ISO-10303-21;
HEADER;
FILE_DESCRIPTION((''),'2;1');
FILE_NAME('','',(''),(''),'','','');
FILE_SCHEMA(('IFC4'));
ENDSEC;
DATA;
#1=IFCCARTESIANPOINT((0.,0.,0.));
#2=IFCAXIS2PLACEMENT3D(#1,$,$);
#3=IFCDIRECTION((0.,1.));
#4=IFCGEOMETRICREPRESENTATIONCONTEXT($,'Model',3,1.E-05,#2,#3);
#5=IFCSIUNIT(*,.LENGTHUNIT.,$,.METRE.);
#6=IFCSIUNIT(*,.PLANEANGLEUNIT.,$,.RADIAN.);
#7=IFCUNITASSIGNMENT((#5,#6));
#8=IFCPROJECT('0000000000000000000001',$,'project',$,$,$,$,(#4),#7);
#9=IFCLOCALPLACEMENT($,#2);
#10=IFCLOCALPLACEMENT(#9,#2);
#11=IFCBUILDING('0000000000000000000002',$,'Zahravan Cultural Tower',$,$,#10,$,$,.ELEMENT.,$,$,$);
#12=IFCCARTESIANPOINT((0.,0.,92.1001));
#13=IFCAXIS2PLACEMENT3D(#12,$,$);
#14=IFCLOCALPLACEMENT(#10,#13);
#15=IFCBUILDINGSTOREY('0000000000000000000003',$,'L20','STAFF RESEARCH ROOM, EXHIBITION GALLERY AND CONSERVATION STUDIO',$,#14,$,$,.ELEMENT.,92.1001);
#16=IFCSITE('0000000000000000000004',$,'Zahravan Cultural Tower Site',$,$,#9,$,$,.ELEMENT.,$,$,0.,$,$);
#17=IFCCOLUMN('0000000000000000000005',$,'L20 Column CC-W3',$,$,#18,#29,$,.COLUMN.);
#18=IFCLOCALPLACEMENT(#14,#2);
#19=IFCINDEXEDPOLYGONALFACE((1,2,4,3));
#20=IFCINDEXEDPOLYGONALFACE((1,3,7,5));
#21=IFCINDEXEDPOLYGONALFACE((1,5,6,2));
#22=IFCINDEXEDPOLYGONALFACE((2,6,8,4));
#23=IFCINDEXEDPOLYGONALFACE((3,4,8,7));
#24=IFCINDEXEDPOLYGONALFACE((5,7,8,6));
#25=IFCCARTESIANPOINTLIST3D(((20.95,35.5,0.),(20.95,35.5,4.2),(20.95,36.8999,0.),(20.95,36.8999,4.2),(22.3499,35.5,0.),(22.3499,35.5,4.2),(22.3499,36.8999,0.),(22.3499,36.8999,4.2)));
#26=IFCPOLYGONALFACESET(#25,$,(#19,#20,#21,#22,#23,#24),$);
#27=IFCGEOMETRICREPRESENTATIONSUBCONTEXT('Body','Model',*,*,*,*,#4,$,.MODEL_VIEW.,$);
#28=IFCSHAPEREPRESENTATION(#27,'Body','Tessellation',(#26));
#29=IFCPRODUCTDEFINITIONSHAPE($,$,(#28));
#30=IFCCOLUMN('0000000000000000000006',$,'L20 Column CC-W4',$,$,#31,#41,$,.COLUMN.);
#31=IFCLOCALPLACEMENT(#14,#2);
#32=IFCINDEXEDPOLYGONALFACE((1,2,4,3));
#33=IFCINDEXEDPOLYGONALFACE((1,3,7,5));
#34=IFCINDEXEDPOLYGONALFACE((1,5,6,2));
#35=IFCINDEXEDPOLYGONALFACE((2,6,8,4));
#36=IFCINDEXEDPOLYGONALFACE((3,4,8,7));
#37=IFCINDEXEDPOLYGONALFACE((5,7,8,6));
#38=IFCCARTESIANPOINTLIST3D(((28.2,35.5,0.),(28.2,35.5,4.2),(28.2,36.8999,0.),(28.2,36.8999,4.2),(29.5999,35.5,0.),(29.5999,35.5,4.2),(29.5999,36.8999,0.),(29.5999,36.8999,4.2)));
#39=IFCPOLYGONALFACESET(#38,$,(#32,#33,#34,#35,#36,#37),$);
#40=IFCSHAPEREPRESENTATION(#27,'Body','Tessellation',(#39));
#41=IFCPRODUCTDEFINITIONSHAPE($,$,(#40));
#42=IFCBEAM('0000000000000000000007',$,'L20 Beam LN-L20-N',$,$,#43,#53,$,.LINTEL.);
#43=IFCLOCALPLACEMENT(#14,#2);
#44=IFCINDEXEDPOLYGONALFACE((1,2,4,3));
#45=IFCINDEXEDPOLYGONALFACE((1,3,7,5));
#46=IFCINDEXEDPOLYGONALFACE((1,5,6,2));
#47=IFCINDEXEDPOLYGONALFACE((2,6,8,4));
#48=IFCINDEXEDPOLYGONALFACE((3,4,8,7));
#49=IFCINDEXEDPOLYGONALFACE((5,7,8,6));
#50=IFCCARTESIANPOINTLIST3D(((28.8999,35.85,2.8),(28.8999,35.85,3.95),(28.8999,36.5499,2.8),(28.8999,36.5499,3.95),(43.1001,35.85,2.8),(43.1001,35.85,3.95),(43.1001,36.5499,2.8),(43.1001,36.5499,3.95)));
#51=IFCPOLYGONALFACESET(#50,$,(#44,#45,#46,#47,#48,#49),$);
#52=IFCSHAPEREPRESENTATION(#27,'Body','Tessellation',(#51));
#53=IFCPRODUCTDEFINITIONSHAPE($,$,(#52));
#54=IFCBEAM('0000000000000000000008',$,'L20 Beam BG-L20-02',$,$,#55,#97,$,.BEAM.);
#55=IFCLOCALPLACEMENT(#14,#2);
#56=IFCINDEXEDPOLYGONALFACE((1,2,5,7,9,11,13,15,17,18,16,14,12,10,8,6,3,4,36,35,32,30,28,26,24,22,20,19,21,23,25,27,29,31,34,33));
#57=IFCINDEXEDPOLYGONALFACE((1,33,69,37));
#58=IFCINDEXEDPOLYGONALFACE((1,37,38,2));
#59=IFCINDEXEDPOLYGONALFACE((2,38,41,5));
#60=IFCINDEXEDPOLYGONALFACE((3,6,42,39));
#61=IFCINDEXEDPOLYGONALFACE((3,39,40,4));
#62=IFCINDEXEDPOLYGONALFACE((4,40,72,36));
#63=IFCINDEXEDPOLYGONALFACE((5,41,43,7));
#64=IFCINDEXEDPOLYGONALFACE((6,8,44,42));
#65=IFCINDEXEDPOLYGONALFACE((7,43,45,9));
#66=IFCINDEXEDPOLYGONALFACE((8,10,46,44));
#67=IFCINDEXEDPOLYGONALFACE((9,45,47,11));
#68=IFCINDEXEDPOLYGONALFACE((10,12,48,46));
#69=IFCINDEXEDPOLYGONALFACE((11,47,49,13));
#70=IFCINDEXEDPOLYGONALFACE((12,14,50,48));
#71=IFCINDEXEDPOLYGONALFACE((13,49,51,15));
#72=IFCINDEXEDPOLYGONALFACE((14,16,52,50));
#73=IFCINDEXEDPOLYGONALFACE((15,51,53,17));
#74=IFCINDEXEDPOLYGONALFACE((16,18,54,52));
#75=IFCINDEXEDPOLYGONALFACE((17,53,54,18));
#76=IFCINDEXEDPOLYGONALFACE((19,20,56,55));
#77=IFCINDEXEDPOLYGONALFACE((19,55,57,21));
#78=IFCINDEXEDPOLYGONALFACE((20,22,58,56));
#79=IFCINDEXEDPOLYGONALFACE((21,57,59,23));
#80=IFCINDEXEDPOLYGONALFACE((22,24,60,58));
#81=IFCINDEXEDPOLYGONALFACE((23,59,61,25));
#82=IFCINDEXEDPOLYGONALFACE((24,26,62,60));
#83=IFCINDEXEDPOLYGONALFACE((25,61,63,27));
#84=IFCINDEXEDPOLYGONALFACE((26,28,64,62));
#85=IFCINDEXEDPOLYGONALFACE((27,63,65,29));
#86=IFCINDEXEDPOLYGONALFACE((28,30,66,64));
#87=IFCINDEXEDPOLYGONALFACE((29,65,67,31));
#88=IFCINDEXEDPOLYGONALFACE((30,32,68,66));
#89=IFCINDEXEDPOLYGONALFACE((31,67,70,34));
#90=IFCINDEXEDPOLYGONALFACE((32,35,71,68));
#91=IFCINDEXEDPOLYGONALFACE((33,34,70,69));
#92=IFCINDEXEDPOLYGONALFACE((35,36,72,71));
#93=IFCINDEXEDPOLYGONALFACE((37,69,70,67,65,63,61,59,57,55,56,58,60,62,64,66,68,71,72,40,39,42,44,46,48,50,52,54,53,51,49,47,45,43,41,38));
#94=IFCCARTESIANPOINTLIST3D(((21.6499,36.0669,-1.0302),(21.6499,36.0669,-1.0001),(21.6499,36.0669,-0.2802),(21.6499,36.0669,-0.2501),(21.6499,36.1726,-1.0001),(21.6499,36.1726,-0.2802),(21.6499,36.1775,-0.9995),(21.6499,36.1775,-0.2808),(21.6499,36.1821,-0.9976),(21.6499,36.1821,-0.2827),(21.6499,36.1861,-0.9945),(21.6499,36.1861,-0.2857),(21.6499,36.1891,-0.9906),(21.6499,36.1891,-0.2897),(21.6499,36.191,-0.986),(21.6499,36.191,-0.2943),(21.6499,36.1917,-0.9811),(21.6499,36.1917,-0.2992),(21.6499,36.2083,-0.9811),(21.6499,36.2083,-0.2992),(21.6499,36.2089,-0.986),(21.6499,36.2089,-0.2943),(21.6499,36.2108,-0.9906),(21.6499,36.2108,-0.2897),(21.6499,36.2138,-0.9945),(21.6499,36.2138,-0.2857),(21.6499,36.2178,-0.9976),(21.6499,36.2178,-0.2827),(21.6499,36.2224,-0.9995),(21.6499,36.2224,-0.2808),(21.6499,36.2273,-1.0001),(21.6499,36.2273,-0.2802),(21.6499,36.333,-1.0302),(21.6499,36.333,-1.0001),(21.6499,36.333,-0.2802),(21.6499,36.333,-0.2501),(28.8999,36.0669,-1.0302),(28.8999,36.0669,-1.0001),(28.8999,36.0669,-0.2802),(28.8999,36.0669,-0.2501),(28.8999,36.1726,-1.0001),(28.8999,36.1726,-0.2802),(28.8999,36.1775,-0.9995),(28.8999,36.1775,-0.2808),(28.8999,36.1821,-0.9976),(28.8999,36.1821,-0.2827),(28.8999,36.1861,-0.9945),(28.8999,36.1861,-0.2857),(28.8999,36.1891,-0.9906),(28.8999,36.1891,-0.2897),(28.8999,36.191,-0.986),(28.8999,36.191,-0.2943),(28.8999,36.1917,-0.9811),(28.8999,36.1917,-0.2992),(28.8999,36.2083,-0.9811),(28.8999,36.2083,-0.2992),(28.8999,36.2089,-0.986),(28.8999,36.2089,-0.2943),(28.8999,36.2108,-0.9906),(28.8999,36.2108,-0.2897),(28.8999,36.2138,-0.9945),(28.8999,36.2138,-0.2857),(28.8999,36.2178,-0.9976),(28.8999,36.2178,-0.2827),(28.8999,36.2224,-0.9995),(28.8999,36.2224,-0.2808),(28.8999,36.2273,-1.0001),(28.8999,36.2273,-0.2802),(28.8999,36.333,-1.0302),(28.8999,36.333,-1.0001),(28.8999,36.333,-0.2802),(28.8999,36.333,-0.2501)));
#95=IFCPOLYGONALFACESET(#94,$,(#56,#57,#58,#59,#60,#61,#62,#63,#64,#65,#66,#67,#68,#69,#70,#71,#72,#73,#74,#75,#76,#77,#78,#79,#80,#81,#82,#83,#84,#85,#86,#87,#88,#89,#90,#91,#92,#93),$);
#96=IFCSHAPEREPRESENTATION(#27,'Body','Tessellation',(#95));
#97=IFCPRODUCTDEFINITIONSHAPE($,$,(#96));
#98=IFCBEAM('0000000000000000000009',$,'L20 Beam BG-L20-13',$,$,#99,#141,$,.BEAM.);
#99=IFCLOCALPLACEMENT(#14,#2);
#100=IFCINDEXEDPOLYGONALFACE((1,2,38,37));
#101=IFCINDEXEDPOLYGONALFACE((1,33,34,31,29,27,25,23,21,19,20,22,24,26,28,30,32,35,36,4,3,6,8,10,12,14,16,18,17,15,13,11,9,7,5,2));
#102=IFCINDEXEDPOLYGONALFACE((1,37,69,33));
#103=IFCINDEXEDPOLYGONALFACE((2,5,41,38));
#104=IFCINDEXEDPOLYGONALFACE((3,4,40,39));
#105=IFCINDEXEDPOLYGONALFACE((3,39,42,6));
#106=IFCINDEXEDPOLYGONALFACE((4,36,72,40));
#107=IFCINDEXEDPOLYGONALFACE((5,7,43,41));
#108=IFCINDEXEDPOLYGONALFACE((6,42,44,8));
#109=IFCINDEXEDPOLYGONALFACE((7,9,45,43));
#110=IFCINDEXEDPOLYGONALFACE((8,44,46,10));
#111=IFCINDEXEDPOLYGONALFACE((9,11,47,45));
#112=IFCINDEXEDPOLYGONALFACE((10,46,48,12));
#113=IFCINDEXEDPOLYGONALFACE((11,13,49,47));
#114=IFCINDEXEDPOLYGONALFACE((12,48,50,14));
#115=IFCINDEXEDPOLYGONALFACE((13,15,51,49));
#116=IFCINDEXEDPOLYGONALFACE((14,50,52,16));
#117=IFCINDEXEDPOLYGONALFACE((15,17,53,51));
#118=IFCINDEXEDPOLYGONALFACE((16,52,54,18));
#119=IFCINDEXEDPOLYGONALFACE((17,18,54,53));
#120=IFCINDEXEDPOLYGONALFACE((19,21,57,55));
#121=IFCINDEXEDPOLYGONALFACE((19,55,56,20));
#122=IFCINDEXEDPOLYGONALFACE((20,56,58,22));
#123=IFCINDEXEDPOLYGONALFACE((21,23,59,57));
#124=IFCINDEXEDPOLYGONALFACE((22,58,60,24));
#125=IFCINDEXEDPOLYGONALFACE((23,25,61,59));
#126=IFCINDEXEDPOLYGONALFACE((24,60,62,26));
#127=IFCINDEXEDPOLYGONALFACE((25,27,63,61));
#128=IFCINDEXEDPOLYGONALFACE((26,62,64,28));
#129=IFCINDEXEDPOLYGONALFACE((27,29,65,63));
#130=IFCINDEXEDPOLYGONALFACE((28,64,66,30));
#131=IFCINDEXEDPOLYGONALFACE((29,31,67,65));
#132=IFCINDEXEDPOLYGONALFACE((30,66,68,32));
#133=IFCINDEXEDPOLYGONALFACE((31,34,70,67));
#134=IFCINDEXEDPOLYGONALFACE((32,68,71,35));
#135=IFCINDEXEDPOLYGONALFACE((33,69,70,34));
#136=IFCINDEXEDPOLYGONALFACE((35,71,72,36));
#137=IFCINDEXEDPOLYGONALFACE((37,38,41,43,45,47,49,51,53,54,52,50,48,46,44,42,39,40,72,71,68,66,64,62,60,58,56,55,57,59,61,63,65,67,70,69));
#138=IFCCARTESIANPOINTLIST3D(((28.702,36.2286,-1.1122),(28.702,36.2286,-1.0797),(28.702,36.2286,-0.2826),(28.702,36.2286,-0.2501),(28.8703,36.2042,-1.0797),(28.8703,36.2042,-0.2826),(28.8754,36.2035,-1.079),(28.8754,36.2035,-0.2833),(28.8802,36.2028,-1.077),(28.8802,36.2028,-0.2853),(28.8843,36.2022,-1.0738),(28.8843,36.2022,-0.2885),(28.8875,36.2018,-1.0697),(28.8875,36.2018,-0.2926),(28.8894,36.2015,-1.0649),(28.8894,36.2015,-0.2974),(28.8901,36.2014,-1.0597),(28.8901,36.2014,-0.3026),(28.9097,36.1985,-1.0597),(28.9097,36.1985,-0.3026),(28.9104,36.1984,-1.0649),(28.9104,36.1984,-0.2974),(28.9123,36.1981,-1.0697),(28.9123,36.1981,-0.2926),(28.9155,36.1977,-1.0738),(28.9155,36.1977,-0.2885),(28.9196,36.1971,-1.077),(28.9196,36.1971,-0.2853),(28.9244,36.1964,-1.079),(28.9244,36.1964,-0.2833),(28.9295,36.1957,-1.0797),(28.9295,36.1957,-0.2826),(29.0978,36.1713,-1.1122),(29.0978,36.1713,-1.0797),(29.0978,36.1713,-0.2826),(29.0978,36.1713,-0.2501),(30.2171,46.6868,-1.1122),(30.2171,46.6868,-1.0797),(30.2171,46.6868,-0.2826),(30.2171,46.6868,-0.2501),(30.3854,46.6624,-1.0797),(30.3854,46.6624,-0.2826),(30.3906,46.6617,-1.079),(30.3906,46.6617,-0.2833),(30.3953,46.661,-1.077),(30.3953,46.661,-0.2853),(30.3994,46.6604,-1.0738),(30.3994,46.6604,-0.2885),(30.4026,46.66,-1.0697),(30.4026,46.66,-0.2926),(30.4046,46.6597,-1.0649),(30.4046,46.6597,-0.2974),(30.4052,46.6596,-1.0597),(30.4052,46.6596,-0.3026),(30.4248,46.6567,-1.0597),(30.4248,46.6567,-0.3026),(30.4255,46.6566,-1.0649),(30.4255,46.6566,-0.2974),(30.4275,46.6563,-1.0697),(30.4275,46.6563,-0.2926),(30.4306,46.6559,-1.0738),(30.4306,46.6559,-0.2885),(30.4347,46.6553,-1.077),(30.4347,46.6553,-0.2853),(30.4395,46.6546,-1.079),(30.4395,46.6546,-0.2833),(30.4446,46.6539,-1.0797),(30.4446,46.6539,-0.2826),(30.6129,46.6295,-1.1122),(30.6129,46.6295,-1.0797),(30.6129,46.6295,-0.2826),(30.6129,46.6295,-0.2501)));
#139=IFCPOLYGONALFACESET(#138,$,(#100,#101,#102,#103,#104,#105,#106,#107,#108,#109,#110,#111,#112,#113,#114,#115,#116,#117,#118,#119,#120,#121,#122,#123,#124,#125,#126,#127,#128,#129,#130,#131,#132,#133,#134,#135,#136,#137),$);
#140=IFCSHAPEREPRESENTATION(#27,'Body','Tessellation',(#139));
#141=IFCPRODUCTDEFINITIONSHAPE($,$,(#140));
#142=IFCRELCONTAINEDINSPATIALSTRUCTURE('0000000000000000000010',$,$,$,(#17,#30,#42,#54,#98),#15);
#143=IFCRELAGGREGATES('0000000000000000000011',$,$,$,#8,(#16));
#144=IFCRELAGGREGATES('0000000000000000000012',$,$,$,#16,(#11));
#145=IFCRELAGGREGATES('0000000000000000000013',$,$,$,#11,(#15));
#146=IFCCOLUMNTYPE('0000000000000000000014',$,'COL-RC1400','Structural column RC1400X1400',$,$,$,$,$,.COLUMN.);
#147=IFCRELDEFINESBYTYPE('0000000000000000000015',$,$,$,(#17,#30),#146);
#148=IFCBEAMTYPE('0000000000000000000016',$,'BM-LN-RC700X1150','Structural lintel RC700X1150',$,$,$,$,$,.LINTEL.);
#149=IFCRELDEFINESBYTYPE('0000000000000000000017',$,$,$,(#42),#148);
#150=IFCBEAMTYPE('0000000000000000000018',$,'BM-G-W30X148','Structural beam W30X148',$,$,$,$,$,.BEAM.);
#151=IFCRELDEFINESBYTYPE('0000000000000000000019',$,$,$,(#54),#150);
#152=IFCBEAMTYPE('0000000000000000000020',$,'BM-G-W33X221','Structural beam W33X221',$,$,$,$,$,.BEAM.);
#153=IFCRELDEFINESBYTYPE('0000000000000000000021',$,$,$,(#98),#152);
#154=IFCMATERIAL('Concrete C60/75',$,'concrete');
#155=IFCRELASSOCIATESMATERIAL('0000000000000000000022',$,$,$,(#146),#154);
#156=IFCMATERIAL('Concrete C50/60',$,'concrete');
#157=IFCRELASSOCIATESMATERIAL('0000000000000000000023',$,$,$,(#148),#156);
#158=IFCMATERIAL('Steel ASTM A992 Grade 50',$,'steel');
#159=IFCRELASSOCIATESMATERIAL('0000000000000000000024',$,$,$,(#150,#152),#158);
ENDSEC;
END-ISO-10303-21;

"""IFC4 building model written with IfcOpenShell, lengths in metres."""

from ifc_helpers import new_model, si_unit, direction, frame, origin, origin_2d, place, context, subcontext, project, spatial, rectangle, i_section, extrude, source, transform, mapped, material, material_profile, profile_set, type_object, element, save


model = new_model("IFC4")

# Units and contexts
model_context = context("Model", 3, precision=1e-05, world=origin(), true_north=direction((0.0, 1.0)))
body_context = subcontext(model_context, "Body", "Model", "MODEL_VIEW")
ifc_project = project(units=[si_unit("LENGTHUNIT", "METRE"), si_unit("PLANEANGLEUNIT", "RADIAN")], contexts=[model_context])

# Site, building, storey
site_placement = place(None, origin())
site = spatial("IfcSite", under=ifc_project, at=site_placement, Name="Zahravan Cultural Tower Site", CompositionType="ELEMENT", RefElevation=0.0)
building_placement = place(site_placement, origin())
building = spatial("IfcBuilding", under=site, at=building_placement, Name="Zahravan Cultural Tower", CompositionType="ELEMENT")
storey_placement = place(building_placement, frame((0.0, 0.0, 92.1001)))
storey = spatial("IfcBuildingStorey", under=building, at=storey_placement, Name="L20", Description="STAFF RESEARCH ROOM, EXHIBITION GALLERY AND CONSERVATION STUDIO", CompositionType="ELEMENT", Elevation=92.1001)

# Columns
ifc_material_1 = material(Name="Concrete C60/75", Category="concrete")
ifc_material_profile_1 = material_profile(ifc_material_1, rectangle(XDim=1.3999, YDim=1.3999, at=origin_2d()), Name="RC1400X1400")
ifc_profile_set_1 = profile_set([ifc_material_profile_1], Name="Concrete C60/75")
column_type = type_object("IfcColumnType", Name="COL-RC1400", Description="Structural column RC1400X1400", PredefinedType="COLUMN", material=ifc_profile_set_1)
shared_shape_1 = source(origin(), body_context, "Body", "SweptSolid", [
    extrude(rectangle(XDim=1.3999, YDim=1.3999, at=origin_2d()), origin(), (0.0, 0.0, 1.0), 4.2),
])
for number, where, z_axis, x_axis, name in (
    (1, (21.6499, 36.2, 0.0), (0.0, 0.0, 1.0), (1.0, 0.0, 0.0), "L20 Column CC-W3"),
    (2, (28.8999, 36.2, 0.0), (0.0, 0.0, 1.0), (1.0, 0.0, 0.0), "L20 Column CC-W4"),
):
    element("IfcColumn", number, at=place(storey_placement, frame(where, z_axis=z_axis, x_axis=x_axis)), inside=storey, type_object=column_type, Name=name, PredefinedType="COLUMN", context=body_context, shape_type="MappedRepresentation", body=[
        mapped(shared_shape_1, transform((0.0, 0.0, 0.0), x_axis=(1.0, 0.0, 0.0), y_axis=(0.0, 1.0, 0.0), z_axis=(0.0, 0.0, 1.0), scale=1.0)),
    ])

# Beams
ifc_material_2 = material(Name="Concrete C50/60", Category="concrete")
ifc_material_profile_2 = material_profile(ifc_material_2, rectangle(XDim=0.7, YDim=1.1499, at=origin_2d()), Name="RC700X1150")
ifc_profile_set_2 = profile_set([ifc_material_profile_2], Name="Concrete C50/60")
beam_type_1 = type_object("IfcBeamType", Name="BM-LN-RC700X1150", Description="Structural lintel RC700X1150", PredefinedType="LINTEL", material=ifc_profile_set_2)
shared_shape_2 = source(origin(), body_context, "Body", "SweptSolid", [
    extrude(rectangle(XDim=0.7, YDim=1.1499, at=origin_2d()), origin(), (0.0, 0.0, 1.0), 14.2002),
])
beam_1_placement = place(storey_placement, frame((28.8999, 36.2, 3.375), z_axis=(1.0, 0.0, 0.0), x_axis=(0.0, 1.0, 0.0)))
element("IfcBeam", 3, at=beam_1_placement, inside=storey, type_object=beam_type_1, Name="L20 Beam LN-L20-N", PredefinedType="LINTEL", context=body_context, shape_type="MappedRepresentation", body=[
    mapped(shared_shape_2, transform((0.0, 0.0, 0.0), x_axis=(1.0, 0.0, 0.0), y_axis=(0.0, 1.0, 0.0), z_axis=(0.0, 0.0, 1.0), scale=1.0)),
])
ifc_material_3 = material(Name="Steel ASTM A992 Grade 50", Category="steel")
ifc_material_profile_3 = material_profile(ifc_material_3, i_section(OverallWidth=0.2661, OverallDepth=0.78, WebThickness=0.0166, FlangeThickness=0.03, FilletRadius=0.019, at=origin_2d()), Name="W30X148")
ifc_profile_set_3 = profile_set([ifc_material_profile_3], Name="Steel ASTM A992 Grade 50")
beam_type_2 = type_object("IfcBeamType", Name="BM-G-W30X148", Description="Structural beam W30X148", PredefinedType="BEAM", material=ifc_profile_set_3)
shared_shape_3 = source(origin(), body_context, "Body", "SweptSolid", [
    extrude(i_section(OverallWidth=0.2661, OverallDepth=0.78, WebThickness=0.0166, FlangeThickness=0.03, FilletRadius=0.019, at=origin_2d()), origin(), (0.0, 0.0, 1.0), 7.25),
])
beam_2_placement = place(storey_placement, frame((21.6499, 36.2, -0.6401), z_axis=(1.0, 0.0, 0.0), x_axis=(0.0, 1.0, 0.0)))
element("IfcBeam", 4, at=beam_2_placement, inside=storey, type_object=beam_type_2, Name="L20 Beam BG-L20-02", PredefinedType="BEAM", context=body_context, shape_type="MappedRepresentation", body=[
    mapped(shared_shape_3, transform((0.0, 0.0, 0.0), x_axis=(1.0, 0.0, 0.0), y_axis=(0.0, 1.0, 0.0), z_axis=(0.0, 0.0, 1.0), scale=1.0)),
])
ifc_material_profile_4 = material_profile(ifc_material_3, i_section(OverallWidth=0.3999, OverallDepth=0.8621, WebThickness=0.0198, FlangeThickness=0.0325, FilletRadius=0.02, at=origin_2d()), Name="W33X221")
ifc_profile_set_4 = profile_set([ifc_material_profile_4], Name="Steel ASTM A992 Grade 50")
beam_type_3 = type_object("IfcBeamType", Name="BM-G-W33X221", Description="Structural beam W33X221", PredefinedType="BEAM", material=ifc_profile_set_4)
shared_shape_4 = source(origin(), body_context, "Body", "SweptSolid", [
    extrude(i_section(OverallWidth=0.3999, OverallDepth=0.8621, WebThickness=0.0198, FlangeThickness=0.0325, FilletRadius=0.02, at=origin_2d()), origin(), (0.0, 0.0, 1.0), 10.5674),
])
beam_3_placement = place(storey_placement, frame((28.8999, 36.2, -0.6812), z_axis=(0.143378, 0.989668, 0.0), x_axis=(-0.989668, 0.143378, 0.0)))
element("IfcBeam", 5, at=beam_3_placement, inside=storey, type_object=beam_type_3, Name="L20 Beam BG-L20-13", PredefinedType="BEAM", context=body_context, shape_type="MappedRepresentation", body=[
    mapped(shared_shape_4, transform((0.0, 0.0, 0.0), x_axis=(1.0, 0.0, 0.0), y_axis=(0.0, 1.0, 0.0), z_axis=(0.0, 0.0, 1.0), scale=1.0)),
])

save(model, "model.ifc")
